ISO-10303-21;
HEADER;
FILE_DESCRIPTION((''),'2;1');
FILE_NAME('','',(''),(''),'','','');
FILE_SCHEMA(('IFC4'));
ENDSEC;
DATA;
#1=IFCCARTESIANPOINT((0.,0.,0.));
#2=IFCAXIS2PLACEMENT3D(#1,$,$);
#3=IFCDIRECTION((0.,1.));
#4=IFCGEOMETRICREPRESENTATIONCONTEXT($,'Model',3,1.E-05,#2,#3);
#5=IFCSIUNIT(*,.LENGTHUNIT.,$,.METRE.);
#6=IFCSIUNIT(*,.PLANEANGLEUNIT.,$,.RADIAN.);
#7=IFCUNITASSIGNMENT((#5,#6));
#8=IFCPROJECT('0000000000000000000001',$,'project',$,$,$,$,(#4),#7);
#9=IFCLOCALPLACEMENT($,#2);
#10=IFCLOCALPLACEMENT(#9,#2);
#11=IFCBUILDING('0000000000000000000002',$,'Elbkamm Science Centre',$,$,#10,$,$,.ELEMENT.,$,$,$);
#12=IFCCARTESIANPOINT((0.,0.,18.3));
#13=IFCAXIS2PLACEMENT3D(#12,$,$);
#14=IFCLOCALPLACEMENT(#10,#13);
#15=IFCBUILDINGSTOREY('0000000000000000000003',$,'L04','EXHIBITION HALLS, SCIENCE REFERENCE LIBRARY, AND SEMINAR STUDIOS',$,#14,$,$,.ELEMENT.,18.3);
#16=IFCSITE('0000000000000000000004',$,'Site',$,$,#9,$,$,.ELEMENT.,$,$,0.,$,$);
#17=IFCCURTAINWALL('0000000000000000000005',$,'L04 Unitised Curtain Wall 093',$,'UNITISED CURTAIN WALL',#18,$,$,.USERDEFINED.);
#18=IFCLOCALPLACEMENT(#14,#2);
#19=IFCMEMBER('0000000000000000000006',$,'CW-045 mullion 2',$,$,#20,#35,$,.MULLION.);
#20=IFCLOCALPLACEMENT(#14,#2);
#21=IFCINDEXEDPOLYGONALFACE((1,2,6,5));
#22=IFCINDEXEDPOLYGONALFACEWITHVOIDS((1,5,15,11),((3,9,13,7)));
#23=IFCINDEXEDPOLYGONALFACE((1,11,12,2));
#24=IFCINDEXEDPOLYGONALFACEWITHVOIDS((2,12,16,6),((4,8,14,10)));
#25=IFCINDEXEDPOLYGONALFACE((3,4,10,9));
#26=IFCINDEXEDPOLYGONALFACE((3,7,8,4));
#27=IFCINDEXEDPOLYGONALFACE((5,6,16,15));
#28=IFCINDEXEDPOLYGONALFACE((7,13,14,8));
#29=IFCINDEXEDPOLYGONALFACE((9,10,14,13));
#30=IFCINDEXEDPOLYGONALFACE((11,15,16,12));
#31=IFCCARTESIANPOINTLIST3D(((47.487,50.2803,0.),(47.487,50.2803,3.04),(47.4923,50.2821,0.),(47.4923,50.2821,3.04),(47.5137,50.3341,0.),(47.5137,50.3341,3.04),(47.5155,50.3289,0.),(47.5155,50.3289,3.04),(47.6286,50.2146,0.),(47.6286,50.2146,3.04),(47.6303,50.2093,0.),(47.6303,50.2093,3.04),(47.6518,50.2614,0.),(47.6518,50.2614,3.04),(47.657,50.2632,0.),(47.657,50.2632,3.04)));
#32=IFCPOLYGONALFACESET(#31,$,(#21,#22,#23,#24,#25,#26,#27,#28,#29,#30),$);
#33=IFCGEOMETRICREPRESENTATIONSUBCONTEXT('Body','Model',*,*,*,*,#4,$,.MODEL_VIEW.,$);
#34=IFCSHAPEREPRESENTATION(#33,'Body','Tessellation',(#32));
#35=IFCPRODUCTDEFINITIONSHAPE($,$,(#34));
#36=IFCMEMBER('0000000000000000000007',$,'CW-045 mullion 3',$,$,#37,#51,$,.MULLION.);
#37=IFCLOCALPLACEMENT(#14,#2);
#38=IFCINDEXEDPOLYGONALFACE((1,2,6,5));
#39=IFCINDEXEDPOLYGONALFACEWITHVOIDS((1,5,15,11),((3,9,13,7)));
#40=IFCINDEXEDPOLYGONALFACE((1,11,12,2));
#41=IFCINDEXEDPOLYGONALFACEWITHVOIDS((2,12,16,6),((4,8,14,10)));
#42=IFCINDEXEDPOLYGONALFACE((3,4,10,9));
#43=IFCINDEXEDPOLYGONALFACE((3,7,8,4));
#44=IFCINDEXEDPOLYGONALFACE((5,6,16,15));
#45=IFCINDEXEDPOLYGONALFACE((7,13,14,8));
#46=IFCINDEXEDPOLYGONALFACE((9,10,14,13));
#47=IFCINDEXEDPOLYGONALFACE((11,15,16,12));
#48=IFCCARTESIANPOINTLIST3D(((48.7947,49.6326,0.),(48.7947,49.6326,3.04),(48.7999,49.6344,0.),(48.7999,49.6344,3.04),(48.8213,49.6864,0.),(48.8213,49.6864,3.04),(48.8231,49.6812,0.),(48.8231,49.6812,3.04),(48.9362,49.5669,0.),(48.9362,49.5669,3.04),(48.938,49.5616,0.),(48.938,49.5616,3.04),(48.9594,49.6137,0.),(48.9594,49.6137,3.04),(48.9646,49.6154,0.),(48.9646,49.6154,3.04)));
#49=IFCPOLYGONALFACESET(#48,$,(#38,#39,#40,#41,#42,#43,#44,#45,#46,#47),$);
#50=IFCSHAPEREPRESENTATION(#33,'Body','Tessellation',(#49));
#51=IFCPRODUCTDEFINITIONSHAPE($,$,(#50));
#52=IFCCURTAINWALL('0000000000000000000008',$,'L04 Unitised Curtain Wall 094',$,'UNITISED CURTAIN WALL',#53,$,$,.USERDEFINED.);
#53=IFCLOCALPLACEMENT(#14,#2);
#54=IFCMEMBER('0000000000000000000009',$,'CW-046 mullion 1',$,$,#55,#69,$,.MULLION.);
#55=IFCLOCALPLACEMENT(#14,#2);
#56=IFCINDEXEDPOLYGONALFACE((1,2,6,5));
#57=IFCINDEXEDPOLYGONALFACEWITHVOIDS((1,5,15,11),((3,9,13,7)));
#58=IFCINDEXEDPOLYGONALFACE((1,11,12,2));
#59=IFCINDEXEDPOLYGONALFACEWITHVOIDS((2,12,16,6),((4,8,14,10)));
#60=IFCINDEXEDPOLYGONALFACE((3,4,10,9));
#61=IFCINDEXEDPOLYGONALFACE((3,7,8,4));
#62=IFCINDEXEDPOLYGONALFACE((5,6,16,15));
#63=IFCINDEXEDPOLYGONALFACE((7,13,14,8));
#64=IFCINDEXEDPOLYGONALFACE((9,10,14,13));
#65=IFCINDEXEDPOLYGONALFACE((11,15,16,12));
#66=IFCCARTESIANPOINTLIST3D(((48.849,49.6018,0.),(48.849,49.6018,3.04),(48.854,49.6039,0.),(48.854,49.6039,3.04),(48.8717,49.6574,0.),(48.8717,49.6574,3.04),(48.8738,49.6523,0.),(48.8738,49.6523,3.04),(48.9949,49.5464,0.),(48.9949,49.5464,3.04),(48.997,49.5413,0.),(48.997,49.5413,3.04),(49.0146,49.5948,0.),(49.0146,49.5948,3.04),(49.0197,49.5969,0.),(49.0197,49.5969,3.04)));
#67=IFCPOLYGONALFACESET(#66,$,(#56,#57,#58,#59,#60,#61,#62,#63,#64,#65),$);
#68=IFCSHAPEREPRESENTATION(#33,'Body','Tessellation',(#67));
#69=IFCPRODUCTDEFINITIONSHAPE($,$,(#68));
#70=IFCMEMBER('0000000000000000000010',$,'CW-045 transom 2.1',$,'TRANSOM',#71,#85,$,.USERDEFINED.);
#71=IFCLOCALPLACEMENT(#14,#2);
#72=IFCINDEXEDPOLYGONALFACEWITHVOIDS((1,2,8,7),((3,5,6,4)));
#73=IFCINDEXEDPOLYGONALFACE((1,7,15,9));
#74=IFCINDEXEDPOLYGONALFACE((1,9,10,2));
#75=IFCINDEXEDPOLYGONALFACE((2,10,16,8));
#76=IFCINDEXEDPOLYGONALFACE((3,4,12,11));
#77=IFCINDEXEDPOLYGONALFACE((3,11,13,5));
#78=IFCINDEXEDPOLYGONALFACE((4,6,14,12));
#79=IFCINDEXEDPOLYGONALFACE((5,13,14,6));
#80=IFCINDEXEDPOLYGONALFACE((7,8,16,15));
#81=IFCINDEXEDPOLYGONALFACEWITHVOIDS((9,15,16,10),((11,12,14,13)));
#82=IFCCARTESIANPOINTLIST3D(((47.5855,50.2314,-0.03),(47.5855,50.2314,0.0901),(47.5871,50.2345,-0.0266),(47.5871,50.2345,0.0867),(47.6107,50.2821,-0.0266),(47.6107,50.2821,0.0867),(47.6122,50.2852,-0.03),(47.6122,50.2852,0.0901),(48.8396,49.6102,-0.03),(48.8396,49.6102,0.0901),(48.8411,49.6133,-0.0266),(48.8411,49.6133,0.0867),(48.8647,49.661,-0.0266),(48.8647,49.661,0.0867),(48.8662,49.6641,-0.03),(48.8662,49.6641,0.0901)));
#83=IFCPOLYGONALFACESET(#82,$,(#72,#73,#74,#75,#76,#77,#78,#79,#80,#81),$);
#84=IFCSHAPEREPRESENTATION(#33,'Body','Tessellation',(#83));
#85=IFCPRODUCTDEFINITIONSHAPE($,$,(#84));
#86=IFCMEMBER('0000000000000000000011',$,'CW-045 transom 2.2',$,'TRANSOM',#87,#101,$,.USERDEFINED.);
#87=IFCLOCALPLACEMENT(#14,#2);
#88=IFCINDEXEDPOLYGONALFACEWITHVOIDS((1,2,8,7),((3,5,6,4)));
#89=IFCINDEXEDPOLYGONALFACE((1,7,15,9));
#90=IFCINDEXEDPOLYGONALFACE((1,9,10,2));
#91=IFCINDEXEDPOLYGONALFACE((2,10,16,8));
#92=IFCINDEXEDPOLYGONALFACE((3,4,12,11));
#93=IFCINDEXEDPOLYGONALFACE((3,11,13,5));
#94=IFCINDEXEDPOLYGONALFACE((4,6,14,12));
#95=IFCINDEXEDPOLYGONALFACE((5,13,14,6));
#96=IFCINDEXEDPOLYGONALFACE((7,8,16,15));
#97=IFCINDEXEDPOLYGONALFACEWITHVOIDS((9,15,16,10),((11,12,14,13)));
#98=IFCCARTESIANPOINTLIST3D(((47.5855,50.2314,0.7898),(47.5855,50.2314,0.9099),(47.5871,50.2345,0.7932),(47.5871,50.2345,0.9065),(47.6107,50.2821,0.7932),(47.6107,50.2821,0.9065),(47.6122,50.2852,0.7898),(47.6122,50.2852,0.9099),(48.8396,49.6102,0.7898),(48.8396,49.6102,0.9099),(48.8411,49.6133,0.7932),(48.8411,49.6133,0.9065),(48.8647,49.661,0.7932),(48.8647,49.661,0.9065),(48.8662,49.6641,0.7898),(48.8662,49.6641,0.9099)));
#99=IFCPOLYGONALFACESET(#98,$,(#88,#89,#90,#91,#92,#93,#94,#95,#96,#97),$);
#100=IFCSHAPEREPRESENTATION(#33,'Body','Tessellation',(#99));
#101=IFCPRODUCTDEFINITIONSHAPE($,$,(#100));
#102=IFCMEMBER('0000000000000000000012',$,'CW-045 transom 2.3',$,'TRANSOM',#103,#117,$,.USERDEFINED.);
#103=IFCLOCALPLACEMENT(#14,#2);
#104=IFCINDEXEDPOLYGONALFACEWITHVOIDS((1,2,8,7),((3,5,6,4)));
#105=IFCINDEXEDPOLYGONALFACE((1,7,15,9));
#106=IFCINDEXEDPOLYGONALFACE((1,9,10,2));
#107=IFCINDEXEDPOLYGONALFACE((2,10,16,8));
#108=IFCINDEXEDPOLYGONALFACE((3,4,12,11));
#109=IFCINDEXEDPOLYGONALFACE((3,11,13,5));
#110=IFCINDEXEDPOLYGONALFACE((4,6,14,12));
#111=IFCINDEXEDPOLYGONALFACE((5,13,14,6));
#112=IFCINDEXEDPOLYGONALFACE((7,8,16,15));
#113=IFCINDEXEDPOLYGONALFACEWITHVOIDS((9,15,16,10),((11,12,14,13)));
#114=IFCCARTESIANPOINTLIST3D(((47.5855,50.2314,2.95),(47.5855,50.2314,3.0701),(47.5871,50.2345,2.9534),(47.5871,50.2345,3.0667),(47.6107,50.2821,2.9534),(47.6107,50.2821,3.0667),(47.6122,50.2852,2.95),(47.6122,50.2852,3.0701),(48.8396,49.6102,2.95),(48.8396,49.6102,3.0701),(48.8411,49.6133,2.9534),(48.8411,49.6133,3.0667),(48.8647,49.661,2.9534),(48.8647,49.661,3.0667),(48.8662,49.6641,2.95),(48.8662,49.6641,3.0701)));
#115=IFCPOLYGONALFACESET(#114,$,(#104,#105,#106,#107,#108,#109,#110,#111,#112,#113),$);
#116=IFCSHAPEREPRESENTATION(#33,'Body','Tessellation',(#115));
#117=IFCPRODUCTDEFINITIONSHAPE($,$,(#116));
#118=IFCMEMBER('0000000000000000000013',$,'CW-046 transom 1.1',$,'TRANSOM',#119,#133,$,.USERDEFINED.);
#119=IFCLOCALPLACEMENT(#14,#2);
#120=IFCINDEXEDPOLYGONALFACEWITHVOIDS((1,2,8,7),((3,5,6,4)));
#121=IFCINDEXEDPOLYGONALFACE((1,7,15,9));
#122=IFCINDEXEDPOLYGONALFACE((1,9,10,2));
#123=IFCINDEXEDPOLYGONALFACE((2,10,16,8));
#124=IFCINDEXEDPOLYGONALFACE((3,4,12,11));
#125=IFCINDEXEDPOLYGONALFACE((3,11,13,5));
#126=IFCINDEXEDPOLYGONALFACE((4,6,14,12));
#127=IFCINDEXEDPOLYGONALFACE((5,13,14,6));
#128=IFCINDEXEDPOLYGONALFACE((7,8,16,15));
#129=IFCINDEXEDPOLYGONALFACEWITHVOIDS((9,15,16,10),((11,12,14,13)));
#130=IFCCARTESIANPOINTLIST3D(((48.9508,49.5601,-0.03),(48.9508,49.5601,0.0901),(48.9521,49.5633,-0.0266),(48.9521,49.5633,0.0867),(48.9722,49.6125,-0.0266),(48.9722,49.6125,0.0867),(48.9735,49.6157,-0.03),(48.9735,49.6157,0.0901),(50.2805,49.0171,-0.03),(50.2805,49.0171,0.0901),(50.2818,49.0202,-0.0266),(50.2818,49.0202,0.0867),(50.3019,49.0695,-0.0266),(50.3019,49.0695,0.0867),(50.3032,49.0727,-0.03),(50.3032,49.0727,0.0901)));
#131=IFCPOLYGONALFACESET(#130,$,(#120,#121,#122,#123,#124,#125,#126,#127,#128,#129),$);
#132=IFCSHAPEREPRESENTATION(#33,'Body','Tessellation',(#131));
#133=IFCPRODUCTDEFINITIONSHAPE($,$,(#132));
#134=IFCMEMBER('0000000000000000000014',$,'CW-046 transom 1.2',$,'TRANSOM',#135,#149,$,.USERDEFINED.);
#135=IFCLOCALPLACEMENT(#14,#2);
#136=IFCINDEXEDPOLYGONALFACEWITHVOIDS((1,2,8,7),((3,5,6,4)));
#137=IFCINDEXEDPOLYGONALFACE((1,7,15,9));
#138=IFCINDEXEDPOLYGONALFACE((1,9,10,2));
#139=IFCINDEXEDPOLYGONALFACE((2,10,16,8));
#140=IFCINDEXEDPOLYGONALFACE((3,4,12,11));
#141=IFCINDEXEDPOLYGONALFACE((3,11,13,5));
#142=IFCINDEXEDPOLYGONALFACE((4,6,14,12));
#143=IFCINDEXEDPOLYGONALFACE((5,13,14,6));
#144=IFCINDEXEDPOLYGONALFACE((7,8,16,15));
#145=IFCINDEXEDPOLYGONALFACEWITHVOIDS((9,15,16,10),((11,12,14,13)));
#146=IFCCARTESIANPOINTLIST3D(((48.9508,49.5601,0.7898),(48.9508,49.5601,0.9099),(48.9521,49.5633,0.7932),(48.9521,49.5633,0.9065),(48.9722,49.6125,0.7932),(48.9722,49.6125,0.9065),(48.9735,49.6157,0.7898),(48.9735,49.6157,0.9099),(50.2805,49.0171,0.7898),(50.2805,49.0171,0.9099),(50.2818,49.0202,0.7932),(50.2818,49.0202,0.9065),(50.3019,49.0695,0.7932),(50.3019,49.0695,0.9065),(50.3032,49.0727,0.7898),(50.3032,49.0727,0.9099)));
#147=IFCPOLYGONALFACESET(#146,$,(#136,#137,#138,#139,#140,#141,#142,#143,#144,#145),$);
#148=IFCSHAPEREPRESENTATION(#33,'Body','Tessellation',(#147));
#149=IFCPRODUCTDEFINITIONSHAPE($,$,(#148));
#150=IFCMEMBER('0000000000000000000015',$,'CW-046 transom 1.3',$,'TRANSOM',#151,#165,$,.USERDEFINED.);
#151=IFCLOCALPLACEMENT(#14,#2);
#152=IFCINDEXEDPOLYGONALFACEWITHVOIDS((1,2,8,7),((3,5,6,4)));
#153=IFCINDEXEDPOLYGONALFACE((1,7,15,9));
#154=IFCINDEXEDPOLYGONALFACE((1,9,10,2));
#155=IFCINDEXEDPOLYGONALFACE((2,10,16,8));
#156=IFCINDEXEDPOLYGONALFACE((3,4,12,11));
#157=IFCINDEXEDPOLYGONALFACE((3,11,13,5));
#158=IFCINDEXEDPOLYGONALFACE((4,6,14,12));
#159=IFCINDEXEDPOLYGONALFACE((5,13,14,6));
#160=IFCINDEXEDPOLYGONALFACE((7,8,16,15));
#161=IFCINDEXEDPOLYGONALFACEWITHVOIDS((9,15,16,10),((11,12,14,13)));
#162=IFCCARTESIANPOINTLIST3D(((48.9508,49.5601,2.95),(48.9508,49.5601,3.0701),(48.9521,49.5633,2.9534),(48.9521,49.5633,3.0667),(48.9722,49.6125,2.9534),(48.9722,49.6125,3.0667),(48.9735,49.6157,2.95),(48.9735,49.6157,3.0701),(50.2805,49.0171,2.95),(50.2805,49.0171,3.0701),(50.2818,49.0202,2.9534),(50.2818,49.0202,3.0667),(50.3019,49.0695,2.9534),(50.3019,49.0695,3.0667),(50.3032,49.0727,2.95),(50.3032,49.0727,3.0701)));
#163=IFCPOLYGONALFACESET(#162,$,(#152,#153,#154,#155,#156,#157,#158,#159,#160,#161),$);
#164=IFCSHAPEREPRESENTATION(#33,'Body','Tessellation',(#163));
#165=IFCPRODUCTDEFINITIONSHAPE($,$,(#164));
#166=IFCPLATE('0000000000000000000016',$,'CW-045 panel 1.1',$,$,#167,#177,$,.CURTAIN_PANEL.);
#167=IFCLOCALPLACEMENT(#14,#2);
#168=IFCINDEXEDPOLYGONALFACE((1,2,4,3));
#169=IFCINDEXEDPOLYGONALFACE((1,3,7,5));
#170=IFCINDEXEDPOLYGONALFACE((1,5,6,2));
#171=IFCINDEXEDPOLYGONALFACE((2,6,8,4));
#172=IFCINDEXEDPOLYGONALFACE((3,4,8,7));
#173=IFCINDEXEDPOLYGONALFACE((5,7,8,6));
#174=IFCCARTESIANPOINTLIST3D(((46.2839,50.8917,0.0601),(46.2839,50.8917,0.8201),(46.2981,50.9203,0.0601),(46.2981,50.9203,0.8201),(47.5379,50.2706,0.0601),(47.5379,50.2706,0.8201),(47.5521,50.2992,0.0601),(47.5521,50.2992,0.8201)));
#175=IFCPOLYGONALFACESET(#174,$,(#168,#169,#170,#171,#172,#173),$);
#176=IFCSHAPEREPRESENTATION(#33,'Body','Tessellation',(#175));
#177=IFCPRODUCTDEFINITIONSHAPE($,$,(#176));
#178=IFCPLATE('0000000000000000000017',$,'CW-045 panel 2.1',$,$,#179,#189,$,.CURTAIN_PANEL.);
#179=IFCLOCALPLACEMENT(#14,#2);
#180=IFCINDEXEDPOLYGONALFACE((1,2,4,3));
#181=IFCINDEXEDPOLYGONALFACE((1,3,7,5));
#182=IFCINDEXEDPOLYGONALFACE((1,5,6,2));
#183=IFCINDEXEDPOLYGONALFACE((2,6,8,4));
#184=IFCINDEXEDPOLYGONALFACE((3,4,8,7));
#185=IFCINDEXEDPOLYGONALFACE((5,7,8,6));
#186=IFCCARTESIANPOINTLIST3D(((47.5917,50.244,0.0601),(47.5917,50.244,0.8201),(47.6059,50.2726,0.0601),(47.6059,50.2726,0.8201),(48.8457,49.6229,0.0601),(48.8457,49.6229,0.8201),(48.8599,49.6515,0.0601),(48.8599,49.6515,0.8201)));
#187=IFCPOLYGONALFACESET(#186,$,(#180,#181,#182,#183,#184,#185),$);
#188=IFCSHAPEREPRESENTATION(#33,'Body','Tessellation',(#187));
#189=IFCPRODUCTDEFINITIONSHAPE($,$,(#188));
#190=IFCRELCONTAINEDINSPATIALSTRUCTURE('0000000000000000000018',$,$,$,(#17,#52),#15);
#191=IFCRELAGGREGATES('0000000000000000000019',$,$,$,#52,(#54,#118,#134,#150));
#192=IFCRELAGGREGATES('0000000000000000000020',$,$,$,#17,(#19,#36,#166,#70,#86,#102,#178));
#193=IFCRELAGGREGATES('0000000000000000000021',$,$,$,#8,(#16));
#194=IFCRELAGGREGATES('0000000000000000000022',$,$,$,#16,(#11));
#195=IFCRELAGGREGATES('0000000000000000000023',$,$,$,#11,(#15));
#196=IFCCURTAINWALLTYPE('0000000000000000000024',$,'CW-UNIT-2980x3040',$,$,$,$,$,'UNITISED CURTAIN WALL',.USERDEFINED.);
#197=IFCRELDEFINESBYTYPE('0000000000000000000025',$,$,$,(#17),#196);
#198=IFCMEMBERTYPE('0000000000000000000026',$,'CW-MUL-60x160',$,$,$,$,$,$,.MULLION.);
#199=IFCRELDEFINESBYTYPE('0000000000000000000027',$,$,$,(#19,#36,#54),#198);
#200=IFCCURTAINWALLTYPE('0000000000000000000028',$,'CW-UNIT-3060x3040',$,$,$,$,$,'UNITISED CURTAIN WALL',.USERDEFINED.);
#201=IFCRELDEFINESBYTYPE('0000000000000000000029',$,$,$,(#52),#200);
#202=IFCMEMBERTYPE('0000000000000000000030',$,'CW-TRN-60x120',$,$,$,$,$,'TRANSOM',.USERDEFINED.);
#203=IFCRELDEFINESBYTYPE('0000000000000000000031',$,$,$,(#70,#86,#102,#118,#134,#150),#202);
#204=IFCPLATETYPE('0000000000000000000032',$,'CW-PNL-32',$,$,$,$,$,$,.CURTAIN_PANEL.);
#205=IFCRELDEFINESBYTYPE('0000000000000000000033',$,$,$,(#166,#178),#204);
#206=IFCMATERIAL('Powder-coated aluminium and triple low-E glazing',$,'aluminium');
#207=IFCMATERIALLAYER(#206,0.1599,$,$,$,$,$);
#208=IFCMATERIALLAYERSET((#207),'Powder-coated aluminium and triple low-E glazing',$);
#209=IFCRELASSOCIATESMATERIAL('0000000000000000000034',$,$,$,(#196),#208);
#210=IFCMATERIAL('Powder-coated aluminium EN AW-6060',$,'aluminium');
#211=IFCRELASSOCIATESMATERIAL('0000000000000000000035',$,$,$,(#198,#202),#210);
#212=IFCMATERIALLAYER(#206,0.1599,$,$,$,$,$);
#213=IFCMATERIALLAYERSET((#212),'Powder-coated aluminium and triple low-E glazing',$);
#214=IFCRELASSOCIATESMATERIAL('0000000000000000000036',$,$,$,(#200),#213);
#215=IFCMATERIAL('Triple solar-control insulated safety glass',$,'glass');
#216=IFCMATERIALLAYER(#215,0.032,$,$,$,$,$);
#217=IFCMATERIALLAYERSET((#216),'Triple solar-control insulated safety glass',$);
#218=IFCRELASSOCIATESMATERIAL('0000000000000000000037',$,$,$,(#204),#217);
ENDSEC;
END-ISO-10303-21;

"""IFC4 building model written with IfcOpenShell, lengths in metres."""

from ifc_helpers import new_model, si_unit, direction, frame, origin, origin_2d, place, context, subcontext, project, spatial, rectangle, hollow_rectangle, extrude, material, layer, layer_set, material_profile, profile_set, type_object, element, aggregate, save


model = new_model("IFC4")

# Units and contexts
model_context = context("Model", 3, precision=1e-05, world=origin(), true_north=direction((0.0, 1.0)))
body_context = subcontext(model_context, "Body", "Model", "MODEL_VIEW")
ifc_project = project(units=[si_unit("LENGTHUNIT", "METRE"), si_unit("PLANEANGLEUNIT", "RADIAN")], contexts=[model_context])

# Site, building, storey
site_placement = place(None, origin())
site = spatial("IfcSite", under=ifc_project, at=site_placement, Name="Site", CompositionType="ELEMENT", RefElevation=0.0)
building_placement = place(site_placement, origin())
building = spatial("IfcBuilding", under=site, at=building_placement, Name="Elbkamm Science Centre", CompositionType="ELEMENT")
storey_placement = place(building_placement, frame((0.0, 0.0, 18.3)))
storey = spatial("IfcBuildingStorey", under=building, at=storey_placement, Name="L04", Description="EXHIBITION HALLS, SCIENCE REFERENCE LIBRARY, AND SEMINAR STUDIOS", CompositionType="ELEMENT", Elevation=18.3)

# Curtain wall, members
ifc_material_1 = material(Name="Powder-coated aluminium and triple low-E glazing", Category="aluminium")
ifc_layer_1 = layer(ifc_material_1, 0.1599)
ifc_layer_set_1 = layer_set([ifc_layer_1], Name="Powder-coated aluminium and triple low-E glazing")
curtain_wall_type_1 = type_object("IfcCurtainWallType", Name="CW-UNIT-2980x3040", ElementType="UNITISED CURTAIN WALL", PredefinedType="USERDEFINED", material=ifc_layer_set_1)
curtain_wall_1_placement = place(storey_placement, origin())
curtain_wall_1 = element("IfcCurtainWall", 1, at=curtain_wall_1_placement, inside=storey, type_object=curtain_wall_type_1, Name="L04 Unitised Curtain Wall 093", ObjectType="UNITISED CURTAIN WALL", PredefinedType="USERDEFINED")
ifc_material_2 = material(Name="Powder-coated aluminium EN AW-6060", Category="aluminium")
ifc_material_profile_1 = material_profile(ifc_material_2, hollow_rectangle(XDim=0.0601, YDim=0.1599, WallThickness=0.0039, at=origin_2d()), Name="ALU M60x160")
ifc_profile_set_1 = profile_set([ifc_material_profile_1], Name="Powder-coated aluminium EN AW-6060")
member_type_1 = type_object("IfcMemberType", Name="CW-MUL-60x160", PredefinedType="MULLION", material=ifc_profile_set_1)
member_1_placement = place(storey_placement, frame((47.572, 50.2717, 0.0), z_axis=(0.0, 0.0, 1.0), x_axis=(0.44384, 0.896106, 0.0)))
member_1 = element("IfcMember", 2, at=member_1_placement, type_object=member_type_1, Name="CW-045 mullion 2", PredefinedType="MULLION", context=body_context, shape_type="SweptSolid", body=[
    extrude(hollow_rectangle(XDim=0.0601, YDim=0.1599, WallThickness=0.0039, at=origin_2d()), origin(), (0.0, 0.0, 1.0), 3.04),
])
member_2_placement = place(storey_placement, frame((48.8796, 49.624, 0.0), z_axis=(0.0, 0.0, 1.0), x_axis=(0.44384, 0.896106, 0.0)))
member_2 = element("IfcMember", 3, at=member_2_placement, type_object=member_type_1, Name="CW-045 mullion 3", PredefinedType="MULLION", context=body_context, shape_type="SweptSolid", body=[
    extrude(hollow_rectangle(XDim=0.0601, YDim=0.1599, WallThickness=0.0039, at=origin_2d()), origin(), (0.0, 0.0, 1.0), 3.04),
])

# Curtain wall, member
ifc_layer_2 = layer(ifc_material_1, 0.1599)
ifc_layer_set_2 = layer_set([ifc_layer_2], Name="Powder-coated aluminium and triple low-E glazing")
curtain_wall_type_2 = type_object("IfcCurtainWallType", Name="CW-UNIT-3060x3040", ElementType="UNITISED CURTAIN WALL", PredefinedType="USERDEFINED", material=ifc_layer_set_2)
curtain_wall_2_placement = place(storey_placement, origin())
curtain_wall_2 = element("IfcCurtainWall", 4, at=curtain_wall_2_placement, inside=storey, type_object=curtain_wall_type_2, Name="L04 Unitised Curtain Wall 094", ObjectType="UNITISED CURTAIN WALL", PredefinedType="USERDEFINED")
member_3_placement = place(storey_placement, frame((48.9343, 49.5994, 0.0), z_axis=(0.0, 0.0, 1.0), x_axis=(0.378001, 0.925805, 0.0)))
member_3 = element("IfcMember", 5, at=member_3_placement, type_object=member_type_1, Name="CW-046 mullion 1", PredefinedType="MULLION", context=body_context, shape_type="SweptSolid", body=[
    extrude(hollow_rectangle(XDim=0.0601, YDim=0.1599, WallThickness=0.0039, at=origin_2d()), origin(), (0.0, 0.0, 1.0), 3.04),
])

# Members
ifc_material_profile_2 = material_profile(ifc_material_2, hollow_rectangle(XDim=0.0601, YDim=0.1201, WallThickness=0.0034, at=origin_2d()), Name="ALU T60x120")
ifc_profile_set_2 = profile_set([ifc_material_profile_2], Name="Powder-coated aluminium EN AW-6060")
member_type_2 = type_object("IfcMemberType", Name="CW-TRN-60x120", ElementType="TRANSOM", PredefinedType="USERDEFINED", material=ifc_profile_set_2)
member_4_placement = place(storey_placement, frame((47.5989, 50.2583, 0.03), z_axis=(0.896096, -0.443861, 0.0), x_axis=(0.443861, 0.896096, 0.0)))
member_4 = element("IfcMember", 6, at=member_4_placement, type_object=member_type_2, Name="CW-045 transom 2.1", ObjectType="TRANSOM", PredefinedType="USERDEFINED", context=body_context, shape_type="SweptSolid", body=[
    extrude(hollow_rectangle(XDim=0.0601, YDim=0.1201, WallThickness=0.0034, at=origin_2d()), origin(), (0.0, 0.0, 1.0), 1.3994),
])
member_5_placement = place(storey_placement, frame((47.5989, 50.2583, 0.8499), z_axis=(0.896096, -0.443861, 0.0), x_axis=(0.443861, 0.896096, 0.0)))
member_5 = element("IfcMember", 7, at=member_5_placement, type_object=member_type_2, Name="CW-045 transom 2.2", ObjectType="TRANSOM", PredefinedType="USERDEFINED", context=body_context, shape_type="SweptSolid", body=[
    extrude(hollow_rectangle(XDim=0.0601, YDim=0.1201, WallThickness=0.0034, at=origin_2d()), origin(), (0.0, 0.0, 1.0), 1.3994),
])
member_6_placement = place(storey_placement, frame((47.5989, 50.2583, 3.01), z_axis=(0.896096, -0.443861, 0.0), x_axis=(0.443861, 0.896096, 0.0)))
member_6 = element("IfcMember", 8, at=member_6_placement, type_object=member_type_2, Name="CW-045 transom 2.3", ObjectType="TRANSOM", PredefinedType="USERDEFINED", context=body_context, shape_type="SweptSolid", body=[
    extrude(hollow_rectangle(XDim=0.0601, YDim=0.1201, WallThickness=0.0034, at=origin_2d()), origin(), (0.0, 0.0, 1.0), 1.3994),
])
member_7_placement = place(storey_placement, frame((48.9622, 49.5879, 0.03), z_axis=(0.92578, -0.378064, 0.0), x_axis=(0.378064, 0.92578, 0.0)))
member_7 = element("IfcMember", 9, at=member_7_placement, type_object=member_type_2, Name="CW-046 transom 1.1", ObjectType="TRANSOM", PredefinedType="USERDEFINED", context=body_context, shape_type="SweptSolid", body=[
    extrude(hollow_rectangle(XDim=0.0601, YDim=0.1201, WallThickness=0.0034, at=origin_2d()), origin(), (0.0, 0.0, 1.0), 1.4363),
])
member_8_placement = place(storey_placement, frame((48.9622, 49.5879, 0.8499), z_axis=(0.92578, -0.378064, 0.0), x_axis=(0.378064, 0.92578, 0.0)))
member_8 = element("IfcMember", 10, at=member_8_placement, type_object=member_type_2, Name="CW-046 transom 1.2", ObjectType="TRANSOM", PredefinedType="USERDEFINED", context=body_context, shape_type="SweptSolid", body=[
    extrude(hollow_rectangle(XDim=0.0601, YDim=0.1201, WallThickness=0.0034, at=origin_2d()), origin(), (0.0, 0.0, 1.0), 1.4363),
])
member_9_placement = place(storey_placement, frame((48.9622, 49.5879, 3.01), z_axis=(0.92578, -0.378064, 0.0), x_axis=(0.378064, 0.92578, 0.0)))
member_9 = element("IfcMember", 11, at=member_9_placement, type_object=member_type_2, Name="CW-046 transom 1.3", ObjectType="TRANSOM", PredefinedType="USERDEFINED", context=body_context, shape_type="SweptSolid", body=[
    extrude(hollow_rectangle(XDim=0.0601, YDim=0.1201, WallThickness=0.0034, at=origin_2d()), origin(), (0.0, 0.0, 1.0), 1.4363),
])
aggregate(curtain_wall_2, [member_3, member_7, member_8, member_9])

# Plates
ifc_material_3 = material(Name="Triple solar-control insulated safety glass", Category="glass")
ifc_layer_3 = layer(ifc_material_3, 0.032)
ifc_layer_set_3 = layer_set([ifc_layer_3], Name="Triple solar-control insulated safety glass")
plate_type = type_object("IfcPlateType", Name="CW-PNL-32", PredefinedType="CURTAIN_PANEL", material=ifc_layer_set_3)
plate_1_placement = place(storey_placement, frame((46.918, 50.5955, 0.0601), z_axis=(0.0, 0.0, 1.0), x_axis=(0.896106, -0.44384, 0.0)))
plate_1 = element("IfcPlate", 12, at=plate_1_placement, type_object=plate_type, Name="CW-045 panel 1.1", PredefinedType="CURTAIN_PANEL", context=body_context, shape_type="SweptSolid", body=[
    extrude(rectangle(XDim=1.3994, YDim=0.032, at=origin_2d()), origin(), (0.0, 0.0, 1.0), 0.76),
])
plate_2_placement = place(storey_placement, frame((48.2258, 49.9478, 0.0601), z_axis=(0.0, 0.0, 1.0), x_axis=(0.896106, -0.44384, 0.0)))
plate_2 = element("IfcPlate", 13, at=plate_2_placement, type_object=plate_type, Name="CW-045 panel 2.1", PredefinedType="CURTAIN_PANEL", context=body_context, shape_type="SweptSolid", body=[
    extrude(rectangle(XDim=1.3994, YDim=0.032, at=origin_2d()), origin(), (0.0, 0.0, 1.0), 0.76),
])
aggregate(curtain_wall_1, [member_1, member_2, plate_1, member_4, member_5, member_6, plate_2])

save(model, "model.ifc")
